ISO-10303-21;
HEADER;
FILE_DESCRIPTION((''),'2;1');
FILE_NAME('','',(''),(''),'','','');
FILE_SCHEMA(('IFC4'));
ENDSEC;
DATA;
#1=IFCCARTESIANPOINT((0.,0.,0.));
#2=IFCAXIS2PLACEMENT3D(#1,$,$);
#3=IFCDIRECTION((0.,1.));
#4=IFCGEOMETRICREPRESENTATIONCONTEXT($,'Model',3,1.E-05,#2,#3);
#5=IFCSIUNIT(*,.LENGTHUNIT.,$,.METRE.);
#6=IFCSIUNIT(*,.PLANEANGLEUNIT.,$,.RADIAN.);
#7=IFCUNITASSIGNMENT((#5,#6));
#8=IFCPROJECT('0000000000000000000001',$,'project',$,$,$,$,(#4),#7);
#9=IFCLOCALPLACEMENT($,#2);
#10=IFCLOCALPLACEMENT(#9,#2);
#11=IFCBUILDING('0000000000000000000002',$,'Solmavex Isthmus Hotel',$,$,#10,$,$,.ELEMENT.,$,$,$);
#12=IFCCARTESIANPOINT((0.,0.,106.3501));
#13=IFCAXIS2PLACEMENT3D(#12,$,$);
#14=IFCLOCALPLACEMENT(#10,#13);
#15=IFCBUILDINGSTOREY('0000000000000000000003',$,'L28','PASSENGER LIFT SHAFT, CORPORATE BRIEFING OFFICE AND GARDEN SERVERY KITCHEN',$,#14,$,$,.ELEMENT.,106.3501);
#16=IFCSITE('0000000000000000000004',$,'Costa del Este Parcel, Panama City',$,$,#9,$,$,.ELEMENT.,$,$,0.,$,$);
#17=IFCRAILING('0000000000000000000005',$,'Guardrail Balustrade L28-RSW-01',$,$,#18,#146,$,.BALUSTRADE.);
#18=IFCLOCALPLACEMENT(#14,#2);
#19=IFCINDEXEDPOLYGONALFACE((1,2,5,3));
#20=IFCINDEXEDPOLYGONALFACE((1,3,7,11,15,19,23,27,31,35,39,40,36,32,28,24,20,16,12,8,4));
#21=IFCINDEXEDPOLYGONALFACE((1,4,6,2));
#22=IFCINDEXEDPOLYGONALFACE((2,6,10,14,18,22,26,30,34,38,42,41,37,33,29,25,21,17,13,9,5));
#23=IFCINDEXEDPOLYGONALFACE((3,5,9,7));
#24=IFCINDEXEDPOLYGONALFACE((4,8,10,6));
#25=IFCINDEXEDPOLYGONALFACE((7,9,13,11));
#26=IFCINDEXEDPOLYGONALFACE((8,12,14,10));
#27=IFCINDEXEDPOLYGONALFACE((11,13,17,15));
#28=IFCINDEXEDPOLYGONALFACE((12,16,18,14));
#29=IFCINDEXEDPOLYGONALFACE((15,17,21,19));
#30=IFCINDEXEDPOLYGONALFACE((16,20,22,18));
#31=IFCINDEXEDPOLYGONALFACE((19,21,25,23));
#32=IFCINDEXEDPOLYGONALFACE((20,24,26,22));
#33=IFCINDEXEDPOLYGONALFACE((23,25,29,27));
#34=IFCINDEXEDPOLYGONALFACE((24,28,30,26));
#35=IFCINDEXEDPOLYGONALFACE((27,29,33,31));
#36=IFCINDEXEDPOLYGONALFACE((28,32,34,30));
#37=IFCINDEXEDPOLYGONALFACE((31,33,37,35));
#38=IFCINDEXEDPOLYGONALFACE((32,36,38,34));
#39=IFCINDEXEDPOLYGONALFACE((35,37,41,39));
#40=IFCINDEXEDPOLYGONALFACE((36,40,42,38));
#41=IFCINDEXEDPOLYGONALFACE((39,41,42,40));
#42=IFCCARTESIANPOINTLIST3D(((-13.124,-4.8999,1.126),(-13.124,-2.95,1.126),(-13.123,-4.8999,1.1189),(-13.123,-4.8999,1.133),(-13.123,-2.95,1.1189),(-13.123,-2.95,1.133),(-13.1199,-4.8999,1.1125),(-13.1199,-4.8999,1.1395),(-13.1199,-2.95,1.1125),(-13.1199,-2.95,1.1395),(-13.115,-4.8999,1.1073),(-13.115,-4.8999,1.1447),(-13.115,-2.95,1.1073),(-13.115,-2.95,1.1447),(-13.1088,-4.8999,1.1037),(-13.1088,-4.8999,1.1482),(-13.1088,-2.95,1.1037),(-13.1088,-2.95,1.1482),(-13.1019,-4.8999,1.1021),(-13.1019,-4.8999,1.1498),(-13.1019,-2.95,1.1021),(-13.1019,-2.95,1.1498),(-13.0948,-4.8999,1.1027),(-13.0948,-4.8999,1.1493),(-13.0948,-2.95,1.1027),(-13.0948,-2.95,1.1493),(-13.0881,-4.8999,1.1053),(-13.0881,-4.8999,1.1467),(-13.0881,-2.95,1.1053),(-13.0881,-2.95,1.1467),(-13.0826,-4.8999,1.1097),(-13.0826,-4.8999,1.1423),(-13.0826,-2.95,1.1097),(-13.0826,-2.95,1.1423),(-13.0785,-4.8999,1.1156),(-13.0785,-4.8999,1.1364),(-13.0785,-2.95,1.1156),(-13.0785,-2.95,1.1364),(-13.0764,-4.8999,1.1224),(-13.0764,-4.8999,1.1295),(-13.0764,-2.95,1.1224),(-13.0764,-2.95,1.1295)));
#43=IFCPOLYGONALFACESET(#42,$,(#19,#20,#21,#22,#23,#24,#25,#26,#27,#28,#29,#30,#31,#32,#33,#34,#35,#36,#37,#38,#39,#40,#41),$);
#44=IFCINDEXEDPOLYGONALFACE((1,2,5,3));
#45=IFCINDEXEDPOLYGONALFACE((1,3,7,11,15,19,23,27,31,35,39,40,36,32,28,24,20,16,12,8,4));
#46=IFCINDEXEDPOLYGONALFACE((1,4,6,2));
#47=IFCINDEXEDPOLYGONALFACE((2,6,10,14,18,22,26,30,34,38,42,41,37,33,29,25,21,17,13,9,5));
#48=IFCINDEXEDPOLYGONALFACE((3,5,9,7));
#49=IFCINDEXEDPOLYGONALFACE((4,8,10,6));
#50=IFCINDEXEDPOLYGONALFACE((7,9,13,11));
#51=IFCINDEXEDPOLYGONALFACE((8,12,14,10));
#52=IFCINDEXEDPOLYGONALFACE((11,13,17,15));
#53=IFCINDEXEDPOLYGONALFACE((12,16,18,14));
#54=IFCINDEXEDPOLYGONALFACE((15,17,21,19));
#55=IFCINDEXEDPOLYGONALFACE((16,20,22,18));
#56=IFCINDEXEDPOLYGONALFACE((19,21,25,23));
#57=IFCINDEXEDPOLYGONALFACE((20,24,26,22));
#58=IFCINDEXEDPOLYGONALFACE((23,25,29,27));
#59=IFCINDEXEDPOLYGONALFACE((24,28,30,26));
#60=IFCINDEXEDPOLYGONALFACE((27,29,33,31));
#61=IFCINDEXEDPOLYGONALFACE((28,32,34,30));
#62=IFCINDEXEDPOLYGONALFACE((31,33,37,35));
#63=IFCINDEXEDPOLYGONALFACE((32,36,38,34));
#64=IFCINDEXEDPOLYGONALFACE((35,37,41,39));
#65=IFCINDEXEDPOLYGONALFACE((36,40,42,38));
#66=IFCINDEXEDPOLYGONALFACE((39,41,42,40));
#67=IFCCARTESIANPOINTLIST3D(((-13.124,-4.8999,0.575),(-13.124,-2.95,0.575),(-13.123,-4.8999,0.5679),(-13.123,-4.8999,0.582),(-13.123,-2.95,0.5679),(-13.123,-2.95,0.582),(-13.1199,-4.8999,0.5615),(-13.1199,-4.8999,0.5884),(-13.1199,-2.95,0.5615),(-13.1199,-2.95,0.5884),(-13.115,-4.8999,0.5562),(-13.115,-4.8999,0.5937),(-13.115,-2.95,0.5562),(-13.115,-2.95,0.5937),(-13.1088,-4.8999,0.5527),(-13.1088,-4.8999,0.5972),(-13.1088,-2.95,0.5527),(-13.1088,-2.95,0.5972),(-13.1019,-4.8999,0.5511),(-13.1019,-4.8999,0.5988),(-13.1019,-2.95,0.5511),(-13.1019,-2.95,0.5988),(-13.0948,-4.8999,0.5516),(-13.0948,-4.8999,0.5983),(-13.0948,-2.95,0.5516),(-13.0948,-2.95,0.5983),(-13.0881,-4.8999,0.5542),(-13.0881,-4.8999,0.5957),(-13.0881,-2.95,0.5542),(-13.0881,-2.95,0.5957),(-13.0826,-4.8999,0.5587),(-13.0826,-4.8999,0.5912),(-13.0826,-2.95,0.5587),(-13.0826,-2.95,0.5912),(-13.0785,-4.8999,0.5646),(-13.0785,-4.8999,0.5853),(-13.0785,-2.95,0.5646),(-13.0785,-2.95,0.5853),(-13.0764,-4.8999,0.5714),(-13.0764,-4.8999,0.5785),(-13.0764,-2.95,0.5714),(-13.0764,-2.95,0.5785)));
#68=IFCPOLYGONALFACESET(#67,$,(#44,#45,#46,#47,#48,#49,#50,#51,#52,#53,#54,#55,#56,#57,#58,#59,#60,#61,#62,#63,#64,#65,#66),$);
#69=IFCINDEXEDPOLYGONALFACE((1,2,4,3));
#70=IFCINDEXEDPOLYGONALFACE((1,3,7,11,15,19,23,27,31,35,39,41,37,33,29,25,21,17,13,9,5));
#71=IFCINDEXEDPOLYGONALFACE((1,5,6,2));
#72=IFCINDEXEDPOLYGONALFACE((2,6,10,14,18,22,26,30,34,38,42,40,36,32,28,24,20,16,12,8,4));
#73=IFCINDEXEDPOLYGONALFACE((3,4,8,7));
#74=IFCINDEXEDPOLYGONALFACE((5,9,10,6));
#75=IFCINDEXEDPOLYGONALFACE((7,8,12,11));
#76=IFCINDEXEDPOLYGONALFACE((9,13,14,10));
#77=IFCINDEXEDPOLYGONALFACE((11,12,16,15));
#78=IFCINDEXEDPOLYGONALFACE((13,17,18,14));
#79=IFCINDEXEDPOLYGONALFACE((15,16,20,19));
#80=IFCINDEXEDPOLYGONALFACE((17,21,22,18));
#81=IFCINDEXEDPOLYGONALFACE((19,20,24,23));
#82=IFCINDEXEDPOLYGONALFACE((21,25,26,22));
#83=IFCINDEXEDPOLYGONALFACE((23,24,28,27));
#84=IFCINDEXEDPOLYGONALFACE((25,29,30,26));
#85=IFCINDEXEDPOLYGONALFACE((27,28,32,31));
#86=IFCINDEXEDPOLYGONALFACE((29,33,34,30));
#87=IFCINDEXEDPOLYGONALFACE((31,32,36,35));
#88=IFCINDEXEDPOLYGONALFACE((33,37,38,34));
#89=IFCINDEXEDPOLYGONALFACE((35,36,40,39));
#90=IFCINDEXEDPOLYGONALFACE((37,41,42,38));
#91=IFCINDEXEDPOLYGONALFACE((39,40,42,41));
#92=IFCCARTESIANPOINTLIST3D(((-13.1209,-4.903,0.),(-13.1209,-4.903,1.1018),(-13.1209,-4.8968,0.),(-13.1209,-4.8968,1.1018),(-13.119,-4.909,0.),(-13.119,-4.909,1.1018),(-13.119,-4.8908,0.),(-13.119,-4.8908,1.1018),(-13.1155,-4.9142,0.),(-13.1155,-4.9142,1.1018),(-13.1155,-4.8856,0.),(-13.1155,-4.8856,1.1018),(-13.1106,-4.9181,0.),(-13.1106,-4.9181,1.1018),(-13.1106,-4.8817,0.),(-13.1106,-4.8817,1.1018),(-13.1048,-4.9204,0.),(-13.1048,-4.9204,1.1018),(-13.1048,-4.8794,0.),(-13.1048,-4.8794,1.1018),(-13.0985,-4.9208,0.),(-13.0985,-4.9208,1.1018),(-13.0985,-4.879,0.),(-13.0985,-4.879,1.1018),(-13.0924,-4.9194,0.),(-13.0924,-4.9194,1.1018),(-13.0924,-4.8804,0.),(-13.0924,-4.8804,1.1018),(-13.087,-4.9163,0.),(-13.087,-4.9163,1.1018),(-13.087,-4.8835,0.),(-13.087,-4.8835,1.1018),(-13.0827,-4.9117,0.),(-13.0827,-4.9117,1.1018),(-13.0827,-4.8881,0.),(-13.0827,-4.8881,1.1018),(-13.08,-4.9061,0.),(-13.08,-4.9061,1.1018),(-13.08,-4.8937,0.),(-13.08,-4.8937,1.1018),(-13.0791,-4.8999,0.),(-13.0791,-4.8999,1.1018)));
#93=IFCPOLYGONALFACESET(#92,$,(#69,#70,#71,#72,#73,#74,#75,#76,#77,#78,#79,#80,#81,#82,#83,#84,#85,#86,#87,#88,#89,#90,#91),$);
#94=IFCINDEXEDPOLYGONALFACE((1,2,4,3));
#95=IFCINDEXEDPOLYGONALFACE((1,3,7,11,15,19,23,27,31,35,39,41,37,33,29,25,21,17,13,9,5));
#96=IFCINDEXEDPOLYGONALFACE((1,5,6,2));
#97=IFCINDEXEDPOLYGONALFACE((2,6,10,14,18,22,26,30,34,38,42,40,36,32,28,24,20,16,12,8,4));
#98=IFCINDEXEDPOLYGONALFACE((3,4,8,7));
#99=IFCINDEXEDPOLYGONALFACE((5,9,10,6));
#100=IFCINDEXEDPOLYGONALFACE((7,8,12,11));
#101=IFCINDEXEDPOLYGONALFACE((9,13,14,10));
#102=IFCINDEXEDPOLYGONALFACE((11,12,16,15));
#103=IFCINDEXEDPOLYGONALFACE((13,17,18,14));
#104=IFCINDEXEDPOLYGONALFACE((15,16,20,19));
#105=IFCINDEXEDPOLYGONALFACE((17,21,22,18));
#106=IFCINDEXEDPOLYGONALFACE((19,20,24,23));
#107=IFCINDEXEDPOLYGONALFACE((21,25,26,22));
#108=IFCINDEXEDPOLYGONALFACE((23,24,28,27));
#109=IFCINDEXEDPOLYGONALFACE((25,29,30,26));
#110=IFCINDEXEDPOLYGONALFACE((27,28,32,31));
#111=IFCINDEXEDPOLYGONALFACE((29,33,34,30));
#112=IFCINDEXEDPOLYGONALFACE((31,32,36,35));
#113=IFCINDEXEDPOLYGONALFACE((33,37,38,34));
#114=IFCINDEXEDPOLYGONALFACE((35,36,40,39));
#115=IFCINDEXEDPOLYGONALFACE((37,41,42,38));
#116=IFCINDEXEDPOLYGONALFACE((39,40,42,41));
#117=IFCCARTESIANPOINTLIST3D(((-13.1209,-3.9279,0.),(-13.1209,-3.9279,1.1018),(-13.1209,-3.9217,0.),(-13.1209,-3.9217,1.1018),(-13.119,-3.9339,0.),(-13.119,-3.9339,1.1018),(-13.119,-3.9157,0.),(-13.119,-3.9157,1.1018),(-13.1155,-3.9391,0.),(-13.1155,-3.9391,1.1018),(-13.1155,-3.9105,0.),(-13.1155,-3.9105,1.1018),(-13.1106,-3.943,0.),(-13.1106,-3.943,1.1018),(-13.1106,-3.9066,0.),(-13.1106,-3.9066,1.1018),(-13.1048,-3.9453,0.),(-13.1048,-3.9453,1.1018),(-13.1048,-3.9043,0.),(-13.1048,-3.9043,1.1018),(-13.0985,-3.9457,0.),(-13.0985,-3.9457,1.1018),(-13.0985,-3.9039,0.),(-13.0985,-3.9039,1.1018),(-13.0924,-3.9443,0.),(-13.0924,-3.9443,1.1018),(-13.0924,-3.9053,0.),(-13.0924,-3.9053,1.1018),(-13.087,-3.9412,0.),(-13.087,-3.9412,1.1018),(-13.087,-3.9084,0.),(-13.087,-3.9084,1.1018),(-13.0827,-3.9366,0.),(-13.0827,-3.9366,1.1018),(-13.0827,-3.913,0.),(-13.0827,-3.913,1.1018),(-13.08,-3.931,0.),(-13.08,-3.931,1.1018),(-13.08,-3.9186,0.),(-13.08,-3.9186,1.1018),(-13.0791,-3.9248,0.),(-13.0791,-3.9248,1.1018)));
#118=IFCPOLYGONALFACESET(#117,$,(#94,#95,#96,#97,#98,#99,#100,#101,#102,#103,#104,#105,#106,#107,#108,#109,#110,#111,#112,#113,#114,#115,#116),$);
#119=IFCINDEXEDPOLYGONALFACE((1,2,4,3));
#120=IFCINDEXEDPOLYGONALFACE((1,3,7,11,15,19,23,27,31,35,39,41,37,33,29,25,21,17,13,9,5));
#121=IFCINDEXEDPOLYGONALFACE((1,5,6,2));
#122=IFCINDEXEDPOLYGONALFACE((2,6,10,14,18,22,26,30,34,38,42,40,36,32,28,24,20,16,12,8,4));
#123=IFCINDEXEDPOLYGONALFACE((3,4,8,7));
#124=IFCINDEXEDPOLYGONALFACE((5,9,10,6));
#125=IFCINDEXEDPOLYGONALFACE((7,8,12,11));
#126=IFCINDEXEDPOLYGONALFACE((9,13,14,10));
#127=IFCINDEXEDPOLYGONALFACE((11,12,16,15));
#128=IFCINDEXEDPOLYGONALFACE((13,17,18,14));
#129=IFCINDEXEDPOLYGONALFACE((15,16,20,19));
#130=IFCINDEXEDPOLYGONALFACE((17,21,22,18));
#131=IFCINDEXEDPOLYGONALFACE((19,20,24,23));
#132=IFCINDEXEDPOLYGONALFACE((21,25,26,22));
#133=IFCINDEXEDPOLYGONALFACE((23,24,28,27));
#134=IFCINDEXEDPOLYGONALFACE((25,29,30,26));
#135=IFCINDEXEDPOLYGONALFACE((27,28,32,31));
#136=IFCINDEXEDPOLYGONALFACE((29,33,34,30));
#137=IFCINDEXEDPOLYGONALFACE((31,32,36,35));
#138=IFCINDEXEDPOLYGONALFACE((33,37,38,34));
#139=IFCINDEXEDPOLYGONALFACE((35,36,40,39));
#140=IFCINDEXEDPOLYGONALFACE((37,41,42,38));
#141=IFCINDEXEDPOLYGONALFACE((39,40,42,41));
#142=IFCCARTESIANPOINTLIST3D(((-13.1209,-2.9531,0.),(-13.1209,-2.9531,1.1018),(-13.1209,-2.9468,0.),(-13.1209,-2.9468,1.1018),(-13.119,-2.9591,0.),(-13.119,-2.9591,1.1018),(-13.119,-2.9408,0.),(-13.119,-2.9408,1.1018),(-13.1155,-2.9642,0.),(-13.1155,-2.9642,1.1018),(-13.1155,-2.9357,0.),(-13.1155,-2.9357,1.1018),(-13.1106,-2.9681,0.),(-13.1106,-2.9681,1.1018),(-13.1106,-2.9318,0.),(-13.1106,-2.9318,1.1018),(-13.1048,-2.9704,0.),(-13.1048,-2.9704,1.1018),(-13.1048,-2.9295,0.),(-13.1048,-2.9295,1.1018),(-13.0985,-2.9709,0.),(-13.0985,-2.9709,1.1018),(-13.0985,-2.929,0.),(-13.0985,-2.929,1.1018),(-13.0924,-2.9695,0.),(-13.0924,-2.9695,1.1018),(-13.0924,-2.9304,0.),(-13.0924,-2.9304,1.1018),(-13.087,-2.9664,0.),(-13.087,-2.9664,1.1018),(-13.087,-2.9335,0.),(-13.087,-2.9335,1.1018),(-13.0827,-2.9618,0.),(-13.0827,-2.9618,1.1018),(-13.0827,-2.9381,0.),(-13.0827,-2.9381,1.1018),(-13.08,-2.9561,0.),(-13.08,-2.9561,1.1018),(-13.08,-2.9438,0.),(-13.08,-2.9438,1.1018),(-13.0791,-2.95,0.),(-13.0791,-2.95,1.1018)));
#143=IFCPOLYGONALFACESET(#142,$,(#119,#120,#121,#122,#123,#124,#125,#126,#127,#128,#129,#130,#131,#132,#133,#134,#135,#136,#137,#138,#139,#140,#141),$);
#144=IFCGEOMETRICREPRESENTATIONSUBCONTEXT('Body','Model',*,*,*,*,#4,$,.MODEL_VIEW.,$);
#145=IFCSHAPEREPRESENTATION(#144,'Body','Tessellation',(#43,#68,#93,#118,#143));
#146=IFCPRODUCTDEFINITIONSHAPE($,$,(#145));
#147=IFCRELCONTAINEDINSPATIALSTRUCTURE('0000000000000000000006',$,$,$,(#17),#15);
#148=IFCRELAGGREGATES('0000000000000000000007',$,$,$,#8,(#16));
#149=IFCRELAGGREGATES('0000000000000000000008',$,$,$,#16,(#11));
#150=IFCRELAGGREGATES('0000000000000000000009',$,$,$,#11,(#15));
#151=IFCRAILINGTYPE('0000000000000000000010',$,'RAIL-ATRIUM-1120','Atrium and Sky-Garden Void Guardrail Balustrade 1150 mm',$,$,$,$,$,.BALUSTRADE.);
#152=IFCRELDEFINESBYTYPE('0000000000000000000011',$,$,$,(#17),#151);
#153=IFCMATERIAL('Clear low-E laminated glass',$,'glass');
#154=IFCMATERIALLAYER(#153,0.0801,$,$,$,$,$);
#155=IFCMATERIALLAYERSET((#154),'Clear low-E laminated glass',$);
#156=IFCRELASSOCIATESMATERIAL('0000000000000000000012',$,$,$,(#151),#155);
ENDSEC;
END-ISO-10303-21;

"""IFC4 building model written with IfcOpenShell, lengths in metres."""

from ifc_helpers import new_model, si_unit, direction, frame, origin, origin_2d, place, context, subcontext, project, spatial, circle, extrude, material, layer, layer_set, type_object, element, save


model = new_model("IFC4")

# Units and contexts
model_context = context("Model", 3, precision=1e-05, world=origin(), true_north=direction((0.0, 1.0)))
body_context = subcontext(model_context, "Body", "Model", "MODEL_VIEW")
ifc_project = project(units=[si_unit("LENGTHUNIT", "METRE"), si_unit("PLANEANGLEUNIT", "RADIAN")], contexts=[model_context])

# Site, building, storey
site_placement = place(None, origin())
site = spatial("IfcSite", under=ifc_project, at=site_placement, Name="Costa del Este Parcel, Panama City", CompositionType="ELEMENT", RefElevation=0.0)
building_placement = place(site_placement, origin())
building = spatial("IfcBuilding", under=site, at=building_placement, Name="Solmavex Isthmus Hotel", CompositionType="ELEMENT")
storey_placement = place(building_placement, frame((0.0, 0.0, 106.3501)))
storey = spatial("IfcBuildingStorey", under=building, at=storey_placement, Name="L28", Description="PASSENGER LIFT SHAFT, CORPORATE BRIEFING OFFICE AND GARDEN SERVERY KITCHEN", CompositionType="ELEMENT", Elevation=106.3501)

# Shared definitions
ifc_material_1 = material(Name="Clear low-E laminated glass", Category="glass")

# Railing
ifc_layer_1 = layer(ifc_material_1, 0.0801)
ifc_layer_set_1 = layer_set([ifc_layer_1], Name="Clear low-E laminated glass")
railing_type = type_object("IfcRailingType", Name="RAIL-ATRIUM-1120", Description="Atrium and Sky-Garden Void Guardrail Balustrade 1150 mm", PredefinedType="BALUSTRADE", material=ifc_layer_set_1)
railing_placement = place(storey_placement, frame((-13.1001, -4.8999, 0.0)))
element("IfcRailing", 1, at=railing_placement, inside=storey, type_object=railing_type, Name="Guardrail Balustrade L28-RSW-01", PredefinedType="BALUSTRADE", context=body_context, shape_type="SweptSolid", body=[
    extrude(circle(Radius=0.0239, at=origin_2d()), frame((0.0, 0.0, 1.126), z_axis=(0.0, 1.0, 0.0), x_axis=(-1.0, 0.0, 0.0)), (0.0, 0.0, 1.0), 1.95),
    extrude(circle(Radius=0.0239, at=origin_2d()), frame((0.0, 0.0, 0.575), z_axis=(0.0, 1.0, 0.0), x_axis=(-1.0, 0.0, 0.0)), (0.0, 0.0, 1.0), 1.95),
    extrude(circle(Radius=0.021, at=origin_2d()), origin(), (0.0, 0.0, 1.0), 1.1018),
    extrude(circle(Radius=0.021, at=origin_2d()), frame((0.0, 0.9751, 0.0)), (0.0, 0.0, 1.0), 1.1018),
    extrude(circle(Radius=0.021, at=origin_2d()), frame((0.0, 1.95, 0.0)), (0.0, 0.0, 1.0), 1.1018),
])

save(model, "model.ifc")
